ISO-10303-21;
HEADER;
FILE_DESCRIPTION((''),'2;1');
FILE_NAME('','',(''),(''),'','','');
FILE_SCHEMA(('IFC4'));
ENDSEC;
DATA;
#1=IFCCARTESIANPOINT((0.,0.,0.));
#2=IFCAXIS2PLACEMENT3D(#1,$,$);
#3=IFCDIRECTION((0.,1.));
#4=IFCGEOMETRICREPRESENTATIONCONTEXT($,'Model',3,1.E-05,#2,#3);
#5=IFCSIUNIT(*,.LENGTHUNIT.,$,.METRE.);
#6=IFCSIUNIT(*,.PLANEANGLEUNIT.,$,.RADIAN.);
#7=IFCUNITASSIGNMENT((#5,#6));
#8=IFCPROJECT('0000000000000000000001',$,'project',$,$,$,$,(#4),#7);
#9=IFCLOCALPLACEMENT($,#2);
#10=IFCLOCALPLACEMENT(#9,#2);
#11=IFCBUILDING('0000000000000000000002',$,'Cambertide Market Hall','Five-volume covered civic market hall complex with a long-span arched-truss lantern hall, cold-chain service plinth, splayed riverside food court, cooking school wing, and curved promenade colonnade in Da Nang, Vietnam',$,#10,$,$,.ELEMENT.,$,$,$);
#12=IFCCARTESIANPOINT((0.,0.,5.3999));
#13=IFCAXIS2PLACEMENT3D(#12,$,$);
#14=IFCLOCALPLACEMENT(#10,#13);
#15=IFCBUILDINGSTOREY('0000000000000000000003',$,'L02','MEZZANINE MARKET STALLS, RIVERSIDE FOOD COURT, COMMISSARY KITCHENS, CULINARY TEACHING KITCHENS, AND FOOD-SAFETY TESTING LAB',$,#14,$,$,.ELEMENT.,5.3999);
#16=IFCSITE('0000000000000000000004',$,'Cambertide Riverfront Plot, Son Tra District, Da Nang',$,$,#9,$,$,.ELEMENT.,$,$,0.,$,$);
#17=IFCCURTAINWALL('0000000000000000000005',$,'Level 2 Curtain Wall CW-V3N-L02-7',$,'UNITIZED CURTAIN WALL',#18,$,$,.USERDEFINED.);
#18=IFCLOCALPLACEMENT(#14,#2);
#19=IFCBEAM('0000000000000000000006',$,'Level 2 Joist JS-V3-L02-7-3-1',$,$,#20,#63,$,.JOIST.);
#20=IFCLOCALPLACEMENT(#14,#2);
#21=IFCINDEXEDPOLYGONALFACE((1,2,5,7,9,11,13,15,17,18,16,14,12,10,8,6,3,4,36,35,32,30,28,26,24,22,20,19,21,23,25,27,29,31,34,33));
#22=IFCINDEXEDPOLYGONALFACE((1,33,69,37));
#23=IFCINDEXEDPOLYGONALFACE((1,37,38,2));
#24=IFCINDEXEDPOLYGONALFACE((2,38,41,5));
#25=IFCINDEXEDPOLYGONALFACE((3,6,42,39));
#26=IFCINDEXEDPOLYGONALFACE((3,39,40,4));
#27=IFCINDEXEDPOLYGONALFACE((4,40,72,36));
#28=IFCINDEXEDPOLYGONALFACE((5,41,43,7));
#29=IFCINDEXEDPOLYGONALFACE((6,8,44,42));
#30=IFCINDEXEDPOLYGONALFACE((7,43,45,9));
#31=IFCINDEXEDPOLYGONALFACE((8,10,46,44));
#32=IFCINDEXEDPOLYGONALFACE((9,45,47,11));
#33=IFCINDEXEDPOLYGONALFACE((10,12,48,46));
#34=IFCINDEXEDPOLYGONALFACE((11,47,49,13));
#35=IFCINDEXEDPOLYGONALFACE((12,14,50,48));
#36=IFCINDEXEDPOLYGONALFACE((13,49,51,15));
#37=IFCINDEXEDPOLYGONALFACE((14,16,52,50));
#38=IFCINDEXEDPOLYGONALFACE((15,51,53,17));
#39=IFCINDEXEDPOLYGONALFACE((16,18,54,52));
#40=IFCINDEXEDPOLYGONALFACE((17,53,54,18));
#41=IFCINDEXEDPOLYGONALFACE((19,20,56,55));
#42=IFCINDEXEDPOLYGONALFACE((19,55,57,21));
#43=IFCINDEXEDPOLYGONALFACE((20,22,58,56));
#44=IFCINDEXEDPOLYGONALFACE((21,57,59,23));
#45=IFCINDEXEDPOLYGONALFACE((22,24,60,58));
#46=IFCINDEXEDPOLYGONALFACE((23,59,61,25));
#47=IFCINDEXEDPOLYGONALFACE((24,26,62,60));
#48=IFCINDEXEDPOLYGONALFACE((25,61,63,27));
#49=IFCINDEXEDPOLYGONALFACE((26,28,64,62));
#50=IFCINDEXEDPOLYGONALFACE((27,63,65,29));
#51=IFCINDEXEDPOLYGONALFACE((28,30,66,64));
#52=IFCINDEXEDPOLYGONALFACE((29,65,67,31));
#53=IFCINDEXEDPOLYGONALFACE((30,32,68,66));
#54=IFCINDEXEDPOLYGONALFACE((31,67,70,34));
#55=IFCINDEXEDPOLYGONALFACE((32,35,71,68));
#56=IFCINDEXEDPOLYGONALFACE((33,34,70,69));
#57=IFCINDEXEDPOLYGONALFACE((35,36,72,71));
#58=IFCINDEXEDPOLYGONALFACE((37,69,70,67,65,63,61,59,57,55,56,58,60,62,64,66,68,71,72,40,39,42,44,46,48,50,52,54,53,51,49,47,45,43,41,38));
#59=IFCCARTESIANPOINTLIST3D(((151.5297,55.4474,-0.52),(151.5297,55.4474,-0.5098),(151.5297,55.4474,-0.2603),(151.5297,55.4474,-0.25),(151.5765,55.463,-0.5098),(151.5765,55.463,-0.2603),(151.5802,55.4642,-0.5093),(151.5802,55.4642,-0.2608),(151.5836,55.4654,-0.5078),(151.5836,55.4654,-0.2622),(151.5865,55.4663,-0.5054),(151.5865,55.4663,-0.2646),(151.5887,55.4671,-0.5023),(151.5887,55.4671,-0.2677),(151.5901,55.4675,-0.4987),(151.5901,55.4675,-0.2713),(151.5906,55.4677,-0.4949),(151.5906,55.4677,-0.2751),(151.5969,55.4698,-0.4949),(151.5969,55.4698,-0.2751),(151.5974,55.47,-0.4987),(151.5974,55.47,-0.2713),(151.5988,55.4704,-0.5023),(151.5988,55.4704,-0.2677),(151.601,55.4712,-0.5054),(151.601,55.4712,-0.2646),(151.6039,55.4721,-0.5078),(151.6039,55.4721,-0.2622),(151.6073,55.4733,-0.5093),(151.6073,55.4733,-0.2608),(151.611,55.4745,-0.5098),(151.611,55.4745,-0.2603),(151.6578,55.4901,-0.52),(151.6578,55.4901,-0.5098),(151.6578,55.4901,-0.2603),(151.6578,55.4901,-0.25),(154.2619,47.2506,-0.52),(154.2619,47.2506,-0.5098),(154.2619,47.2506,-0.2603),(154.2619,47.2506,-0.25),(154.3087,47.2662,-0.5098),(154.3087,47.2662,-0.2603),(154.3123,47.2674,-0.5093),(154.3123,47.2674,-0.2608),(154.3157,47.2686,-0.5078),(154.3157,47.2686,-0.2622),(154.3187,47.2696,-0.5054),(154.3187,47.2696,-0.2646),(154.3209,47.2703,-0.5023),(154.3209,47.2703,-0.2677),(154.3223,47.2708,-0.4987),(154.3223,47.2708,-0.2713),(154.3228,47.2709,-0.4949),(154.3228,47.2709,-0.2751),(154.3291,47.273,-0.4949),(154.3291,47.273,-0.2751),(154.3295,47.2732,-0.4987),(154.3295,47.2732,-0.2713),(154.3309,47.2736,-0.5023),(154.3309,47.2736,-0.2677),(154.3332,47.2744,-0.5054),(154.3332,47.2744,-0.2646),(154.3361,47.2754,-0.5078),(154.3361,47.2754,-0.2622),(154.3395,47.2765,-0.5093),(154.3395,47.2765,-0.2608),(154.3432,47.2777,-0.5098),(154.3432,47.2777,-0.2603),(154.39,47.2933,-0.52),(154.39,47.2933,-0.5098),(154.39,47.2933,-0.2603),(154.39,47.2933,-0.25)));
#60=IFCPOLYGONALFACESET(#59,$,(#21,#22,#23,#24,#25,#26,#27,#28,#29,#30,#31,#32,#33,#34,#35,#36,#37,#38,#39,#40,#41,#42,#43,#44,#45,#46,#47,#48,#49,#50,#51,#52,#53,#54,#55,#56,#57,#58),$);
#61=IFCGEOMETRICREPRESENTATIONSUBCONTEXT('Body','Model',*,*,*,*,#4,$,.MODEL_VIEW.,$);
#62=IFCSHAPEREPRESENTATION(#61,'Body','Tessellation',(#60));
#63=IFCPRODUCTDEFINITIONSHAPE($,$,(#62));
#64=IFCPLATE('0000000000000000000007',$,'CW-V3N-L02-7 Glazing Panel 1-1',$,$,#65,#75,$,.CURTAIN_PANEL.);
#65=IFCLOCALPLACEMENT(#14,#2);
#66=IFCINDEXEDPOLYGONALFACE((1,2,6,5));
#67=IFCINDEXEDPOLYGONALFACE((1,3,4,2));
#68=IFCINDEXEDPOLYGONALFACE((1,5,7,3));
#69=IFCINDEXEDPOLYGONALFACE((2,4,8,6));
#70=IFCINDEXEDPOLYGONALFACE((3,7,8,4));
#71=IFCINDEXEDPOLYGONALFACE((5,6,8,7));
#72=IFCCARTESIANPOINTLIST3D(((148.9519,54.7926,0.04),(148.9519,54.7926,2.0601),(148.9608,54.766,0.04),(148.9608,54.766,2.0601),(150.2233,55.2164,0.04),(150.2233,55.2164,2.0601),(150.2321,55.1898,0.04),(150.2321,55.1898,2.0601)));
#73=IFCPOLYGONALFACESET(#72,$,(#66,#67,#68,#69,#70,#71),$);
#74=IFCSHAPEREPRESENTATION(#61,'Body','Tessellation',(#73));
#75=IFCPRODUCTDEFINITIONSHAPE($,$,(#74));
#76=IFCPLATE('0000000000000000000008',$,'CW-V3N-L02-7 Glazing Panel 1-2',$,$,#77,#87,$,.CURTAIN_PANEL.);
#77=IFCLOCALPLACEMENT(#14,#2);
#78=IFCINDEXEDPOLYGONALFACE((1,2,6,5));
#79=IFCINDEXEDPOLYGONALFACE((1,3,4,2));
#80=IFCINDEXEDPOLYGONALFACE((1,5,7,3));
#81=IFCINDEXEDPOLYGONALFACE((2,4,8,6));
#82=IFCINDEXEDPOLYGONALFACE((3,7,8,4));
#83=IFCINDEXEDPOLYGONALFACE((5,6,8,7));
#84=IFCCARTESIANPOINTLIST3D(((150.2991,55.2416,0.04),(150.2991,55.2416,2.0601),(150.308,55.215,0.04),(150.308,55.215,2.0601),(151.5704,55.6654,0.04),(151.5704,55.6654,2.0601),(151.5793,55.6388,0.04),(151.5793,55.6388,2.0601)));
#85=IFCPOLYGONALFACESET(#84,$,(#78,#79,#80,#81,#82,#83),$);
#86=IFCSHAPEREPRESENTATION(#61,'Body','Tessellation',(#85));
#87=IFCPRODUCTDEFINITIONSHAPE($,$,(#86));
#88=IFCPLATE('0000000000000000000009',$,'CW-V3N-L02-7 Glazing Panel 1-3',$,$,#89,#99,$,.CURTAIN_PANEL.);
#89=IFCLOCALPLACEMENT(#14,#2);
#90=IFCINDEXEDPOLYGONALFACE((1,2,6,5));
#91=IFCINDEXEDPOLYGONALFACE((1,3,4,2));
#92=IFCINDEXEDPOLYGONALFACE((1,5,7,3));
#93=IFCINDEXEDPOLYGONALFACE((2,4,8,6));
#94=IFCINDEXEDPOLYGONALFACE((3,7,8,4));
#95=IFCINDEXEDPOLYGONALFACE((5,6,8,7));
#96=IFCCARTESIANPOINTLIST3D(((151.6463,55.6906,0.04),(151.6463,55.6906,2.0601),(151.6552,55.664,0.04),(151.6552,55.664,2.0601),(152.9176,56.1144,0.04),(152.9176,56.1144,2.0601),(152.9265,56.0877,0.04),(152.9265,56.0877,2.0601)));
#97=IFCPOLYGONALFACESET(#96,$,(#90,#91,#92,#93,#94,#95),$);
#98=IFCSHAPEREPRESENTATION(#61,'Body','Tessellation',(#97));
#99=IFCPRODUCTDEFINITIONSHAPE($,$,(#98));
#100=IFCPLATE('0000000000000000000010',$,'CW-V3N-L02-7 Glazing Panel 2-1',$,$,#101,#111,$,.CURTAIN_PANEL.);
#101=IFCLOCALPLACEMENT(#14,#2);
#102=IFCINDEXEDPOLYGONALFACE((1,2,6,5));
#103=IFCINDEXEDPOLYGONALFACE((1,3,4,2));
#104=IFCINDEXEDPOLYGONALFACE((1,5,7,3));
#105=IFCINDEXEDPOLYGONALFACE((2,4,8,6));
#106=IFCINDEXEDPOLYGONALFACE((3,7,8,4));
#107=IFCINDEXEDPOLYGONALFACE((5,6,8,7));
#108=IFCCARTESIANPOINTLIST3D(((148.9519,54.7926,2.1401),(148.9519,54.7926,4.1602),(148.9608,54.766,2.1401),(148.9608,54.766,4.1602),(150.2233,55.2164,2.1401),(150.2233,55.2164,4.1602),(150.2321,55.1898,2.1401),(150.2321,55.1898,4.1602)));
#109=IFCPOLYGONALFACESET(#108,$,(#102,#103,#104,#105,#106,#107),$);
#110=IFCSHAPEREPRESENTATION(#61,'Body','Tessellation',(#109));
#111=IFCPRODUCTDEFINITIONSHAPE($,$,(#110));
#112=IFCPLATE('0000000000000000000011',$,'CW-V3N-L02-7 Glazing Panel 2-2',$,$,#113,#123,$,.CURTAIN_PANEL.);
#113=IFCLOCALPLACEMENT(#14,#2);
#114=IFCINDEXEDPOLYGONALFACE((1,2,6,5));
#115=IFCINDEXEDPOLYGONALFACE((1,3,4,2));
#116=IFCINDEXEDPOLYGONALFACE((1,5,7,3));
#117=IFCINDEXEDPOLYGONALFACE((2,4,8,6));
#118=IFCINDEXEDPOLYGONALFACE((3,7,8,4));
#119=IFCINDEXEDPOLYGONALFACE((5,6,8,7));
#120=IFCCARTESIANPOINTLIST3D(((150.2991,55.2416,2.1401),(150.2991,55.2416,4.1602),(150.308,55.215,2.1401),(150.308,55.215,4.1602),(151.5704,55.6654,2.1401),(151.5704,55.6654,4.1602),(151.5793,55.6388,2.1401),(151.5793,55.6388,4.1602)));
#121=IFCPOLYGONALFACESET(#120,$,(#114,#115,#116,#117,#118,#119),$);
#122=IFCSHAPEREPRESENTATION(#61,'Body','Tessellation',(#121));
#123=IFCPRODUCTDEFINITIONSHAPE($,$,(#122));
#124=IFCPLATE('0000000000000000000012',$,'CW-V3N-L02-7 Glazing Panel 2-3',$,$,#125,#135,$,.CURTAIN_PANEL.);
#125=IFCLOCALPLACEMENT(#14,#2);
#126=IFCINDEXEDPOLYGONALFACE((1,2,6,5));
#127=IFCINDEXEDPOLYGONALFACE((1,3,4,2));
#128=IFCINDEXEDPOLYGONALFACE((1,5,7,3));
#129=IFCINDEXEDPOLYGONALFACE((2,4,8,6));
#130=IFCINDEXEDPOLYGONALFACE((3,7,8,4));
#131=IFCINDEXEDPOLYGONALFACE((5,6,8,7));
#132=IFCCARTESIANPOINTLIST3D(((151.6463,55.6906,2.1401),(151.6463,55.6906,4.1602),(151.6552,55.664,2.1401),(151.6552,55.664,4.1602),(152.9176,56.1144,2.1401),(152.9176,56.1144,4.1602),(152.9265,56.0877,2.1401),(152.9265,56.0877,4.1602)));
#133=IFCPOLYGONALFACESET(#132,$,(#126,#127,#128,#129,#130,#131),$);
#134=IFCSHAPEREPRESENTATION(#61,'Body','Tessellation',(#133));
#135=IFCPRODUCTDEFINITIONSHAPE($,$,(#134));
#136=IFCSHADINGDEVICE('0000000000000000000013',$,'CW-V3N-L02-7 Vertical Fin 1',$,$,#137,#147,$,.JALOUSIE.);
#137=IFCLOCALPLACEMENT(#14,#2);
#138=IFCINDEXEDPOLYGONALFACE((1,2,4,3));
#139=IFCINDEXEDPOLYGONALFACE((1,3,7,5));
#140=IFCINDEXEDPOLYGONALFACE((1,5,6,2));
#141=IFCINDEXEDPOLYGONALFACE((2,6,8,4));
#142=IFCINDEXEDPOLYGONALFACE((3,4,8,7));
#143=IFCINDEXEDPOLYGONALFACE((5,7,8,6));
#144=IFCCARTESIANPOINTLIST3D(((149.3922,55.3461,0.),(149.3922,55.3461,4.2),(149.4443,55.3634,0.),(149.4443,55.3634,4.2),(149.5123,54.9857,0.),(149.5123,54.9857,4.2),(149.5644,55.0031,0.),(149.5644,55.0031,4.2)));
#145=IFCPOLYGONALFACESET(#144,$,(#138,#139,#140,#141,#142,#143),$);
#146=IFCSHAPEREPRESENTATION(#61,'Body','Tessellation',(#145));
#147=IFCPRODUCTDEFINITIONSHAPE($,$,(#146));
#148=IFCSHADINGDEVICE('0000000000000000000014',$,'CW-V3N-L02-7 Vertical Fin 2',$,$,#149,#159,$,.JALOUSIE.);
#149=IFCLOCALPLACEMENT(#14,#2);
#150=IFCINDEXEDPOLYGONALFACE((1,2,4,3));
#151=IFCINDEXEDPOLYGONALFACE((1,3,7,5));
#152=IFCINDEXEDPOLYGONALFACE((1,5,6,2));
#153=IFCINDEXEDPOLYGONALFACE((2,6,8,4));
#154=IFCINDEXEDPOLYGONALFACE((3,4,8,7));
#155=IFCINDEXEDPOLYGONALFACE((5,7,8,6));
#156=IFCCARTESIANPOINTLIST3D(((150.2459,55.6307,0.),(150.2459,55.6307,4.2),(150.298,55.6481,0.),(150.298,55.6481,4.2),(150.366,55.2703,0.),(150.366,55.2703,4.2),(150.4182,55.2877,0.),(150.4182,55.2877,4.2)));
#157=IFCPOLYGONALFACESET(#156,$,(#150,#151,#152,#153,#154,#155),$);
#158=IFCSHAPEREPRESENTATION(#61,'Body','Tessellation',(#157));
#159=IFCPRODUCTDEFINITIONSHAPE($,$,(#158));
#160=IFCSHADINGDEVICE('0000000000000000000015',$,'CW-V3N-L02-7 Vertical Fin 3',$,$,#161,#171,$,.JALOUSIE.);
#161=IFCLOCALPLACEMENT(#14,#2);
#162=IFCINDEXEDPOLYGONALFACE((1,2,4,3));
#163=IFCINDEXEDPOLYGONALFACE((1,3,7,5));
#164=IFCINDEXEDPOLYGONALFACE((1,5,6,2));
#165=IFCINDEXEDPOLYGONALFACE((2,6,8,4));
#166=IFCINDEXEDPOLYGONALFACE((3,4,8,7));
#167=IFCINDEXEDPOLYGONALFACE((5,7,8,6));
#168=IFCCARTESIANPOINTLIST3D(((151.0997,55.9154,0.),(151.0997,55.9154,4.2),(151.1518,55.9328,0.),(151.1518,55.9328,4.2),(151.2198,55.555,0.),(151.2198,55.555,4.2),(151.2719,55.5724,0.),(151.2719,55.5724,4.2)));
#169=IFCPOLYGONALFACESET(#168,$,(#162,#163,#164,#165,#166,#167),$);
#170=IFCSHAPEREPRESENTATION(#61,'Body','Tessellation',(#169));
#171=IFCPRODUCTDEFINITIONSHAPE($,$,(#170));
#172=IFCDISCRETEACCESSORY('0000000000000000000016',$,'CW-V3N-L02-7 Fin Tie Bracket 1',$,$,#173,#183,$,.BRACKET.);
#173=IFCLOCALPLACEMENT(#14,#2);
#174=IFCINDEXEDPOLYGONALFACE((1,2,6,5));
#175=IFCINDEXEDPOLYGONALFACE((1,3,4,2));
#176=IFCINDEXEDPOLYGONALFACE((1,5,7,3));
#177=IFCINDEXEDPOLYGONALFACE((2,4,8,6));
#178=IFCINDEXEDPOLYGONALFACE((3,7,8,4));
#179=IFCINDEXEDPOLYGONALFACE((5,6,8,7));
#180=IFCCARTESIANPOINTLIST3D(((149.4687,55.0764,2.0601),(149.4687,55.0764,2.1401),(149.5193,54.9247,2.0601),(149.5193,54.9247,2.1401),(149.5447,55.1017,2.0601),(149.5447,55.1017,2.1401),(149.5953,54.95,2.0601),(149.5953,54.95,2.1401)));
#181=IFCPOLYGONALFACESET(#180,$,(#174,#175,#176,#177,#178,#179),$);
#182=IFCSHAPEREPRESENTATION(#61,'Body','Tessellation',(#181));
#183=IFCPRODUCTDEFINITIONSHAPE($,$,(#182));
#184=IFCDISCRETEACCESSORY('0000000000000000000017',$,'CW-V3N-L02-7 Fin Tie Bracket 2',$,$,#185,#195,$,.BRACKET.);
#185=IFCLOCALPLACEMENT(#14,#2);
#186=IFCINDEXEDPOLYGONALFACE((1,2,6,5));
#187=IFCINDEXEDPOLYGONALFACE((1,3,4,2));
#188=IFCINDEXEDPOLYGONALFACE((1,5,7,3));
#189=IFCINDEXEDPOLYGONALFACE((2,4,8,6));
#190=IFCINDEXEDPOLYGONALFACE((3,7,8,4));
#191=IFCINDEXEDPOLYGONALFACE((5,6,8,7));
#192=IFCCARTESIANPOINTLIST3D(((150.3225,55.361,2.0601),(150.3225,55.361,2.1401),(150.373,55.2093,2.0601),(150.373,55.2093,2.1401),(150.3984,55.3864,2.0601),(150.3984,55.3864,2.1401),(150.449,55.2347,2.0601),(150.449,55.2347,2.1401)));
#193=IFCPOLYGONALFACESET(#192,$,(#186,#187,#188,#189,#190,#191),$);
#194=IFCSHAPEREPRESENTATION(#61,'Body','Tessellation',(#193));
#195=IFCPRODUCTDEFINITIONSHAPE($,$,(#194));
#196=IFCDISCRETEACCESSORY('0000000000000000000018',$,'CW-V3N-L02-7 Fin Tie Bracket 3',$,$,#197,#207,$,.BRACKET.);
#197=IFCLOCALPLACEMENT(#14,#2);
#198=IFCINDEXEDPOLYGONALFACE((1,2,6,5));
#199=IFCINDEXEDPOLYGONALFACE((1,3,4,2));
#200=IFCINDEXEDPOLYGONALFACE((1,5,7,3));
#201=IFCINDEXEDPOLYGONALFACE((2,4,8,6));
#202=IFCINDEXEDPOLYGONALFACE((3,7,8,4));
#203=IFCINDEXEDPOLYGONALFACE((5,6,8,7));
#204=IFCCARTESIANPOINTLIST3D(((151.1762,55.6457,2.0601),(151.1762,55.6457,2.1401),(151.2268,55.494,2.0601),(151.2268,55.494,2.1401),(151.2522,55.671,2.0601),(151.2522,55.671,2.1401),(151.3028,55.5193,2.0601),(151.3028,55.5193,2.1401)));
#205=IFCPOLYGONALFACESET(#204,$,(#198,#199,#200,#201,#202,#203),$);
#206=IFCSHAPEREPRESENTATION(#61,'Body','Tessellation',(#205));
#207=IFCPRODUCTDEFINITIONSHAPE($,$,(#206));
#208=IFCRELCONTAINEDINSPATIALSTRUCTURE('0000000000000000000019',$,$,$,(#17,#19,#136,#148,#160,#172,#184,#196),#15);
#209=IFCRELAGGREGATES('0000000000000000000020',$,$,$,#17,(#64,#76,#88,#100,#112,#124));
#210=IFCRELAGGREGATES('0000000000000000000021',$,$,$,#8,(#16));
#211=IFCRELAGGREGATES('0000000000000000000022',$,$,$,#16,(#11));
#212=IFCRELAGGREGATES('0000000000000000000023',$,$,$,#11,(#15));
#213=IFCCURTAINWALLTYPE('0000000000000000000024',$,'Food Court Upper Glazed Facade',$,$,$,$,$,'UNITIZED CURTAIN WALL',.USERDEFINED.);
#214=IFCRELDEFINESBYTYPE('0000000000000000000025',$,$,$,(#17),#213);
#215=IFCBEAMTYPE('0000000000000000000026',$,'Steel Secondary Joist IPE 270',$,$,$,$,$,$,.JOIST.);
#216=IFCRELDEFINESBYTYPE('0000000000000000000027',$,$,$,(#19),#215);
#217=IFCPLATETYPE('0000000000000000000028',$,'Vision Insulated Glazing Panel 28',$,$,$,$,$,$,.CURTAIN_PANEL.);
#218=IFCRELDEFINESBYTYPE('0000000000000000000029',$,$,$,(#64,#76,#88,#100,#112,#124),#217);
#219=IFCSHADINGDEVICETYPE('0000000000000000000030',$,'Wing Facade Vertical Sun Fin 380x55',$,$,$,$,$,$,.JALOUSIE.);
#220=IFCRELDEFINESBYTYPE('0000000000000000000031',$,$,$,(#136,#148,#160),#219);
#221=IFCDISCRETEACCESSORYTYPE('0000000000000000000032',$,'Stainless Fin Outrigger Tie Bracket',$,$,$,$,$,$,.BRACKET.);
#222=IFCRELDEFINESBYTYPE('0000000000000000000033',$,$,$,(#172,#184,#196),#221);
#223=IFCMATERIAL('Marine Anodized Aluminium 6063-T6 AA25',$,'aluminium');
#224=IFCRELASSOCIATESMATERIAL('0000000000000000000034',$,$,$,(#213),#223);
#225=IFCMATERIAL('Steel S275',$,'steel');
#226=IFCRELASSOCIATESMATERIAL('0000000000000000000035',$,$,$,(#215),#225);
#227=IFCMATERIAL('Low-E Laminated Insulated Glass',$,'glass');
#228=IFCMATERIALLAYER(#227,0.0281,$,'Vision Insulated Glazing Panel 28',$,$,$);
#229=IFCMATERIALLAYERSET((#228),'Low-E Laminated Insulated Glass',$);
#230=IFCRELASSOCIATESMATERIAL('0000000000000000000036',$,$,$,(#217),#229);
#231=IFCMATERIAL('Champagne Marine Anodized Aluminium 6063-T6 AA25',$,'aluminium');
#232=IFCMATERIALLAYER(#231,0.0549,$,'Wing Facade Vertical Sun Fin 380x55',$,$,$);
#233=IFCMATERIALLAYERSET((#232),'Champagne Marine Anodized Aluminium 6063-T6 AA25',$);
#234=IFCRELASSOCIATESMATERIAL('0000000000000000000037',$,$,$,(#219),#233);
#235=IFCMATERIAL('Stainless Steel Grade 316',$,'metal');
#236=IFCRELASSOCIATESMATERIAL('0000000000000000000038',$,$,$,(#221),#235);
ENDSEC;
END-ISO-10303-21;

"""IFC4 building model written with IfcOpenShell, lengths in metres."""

from ifc_helpers import new_model, si_unit, direction, frame, origin, origin_2d, place, context, subcontext, project, spatial, rectangle, i_section, extrude, material, layer, layer_set, material_profile, profile_set, type_object, element, aggregate, save


model = new_model("IFC4")

# Units and contexts
model_context = context("Model", 3, precision=1e-05, world=origin(), true_north=direction((0.0, 1.0)))
body_context = subcontext(model_context, "Body", "Model", "MODEL_VIEW")
ifc_project = project(units=[si_unit("LENGTHUNIT", "METRE"), si_unit("PLANEANGLEUNIT", "RADIAN")], contexts=[model_context])

# Site, building, storey
site_placement = place(None, origin())
site = spatial("IfcSite", under=ifc_project, at=site_placement, Name="Cambertide Riverfront Plot, Son Tra District, Da Nang", CompositionType="ELEMENT", RefElevation=0.0)
building_placement = place(site_placement, origin())
building = spatial("IfcBuilding", under=site, at=building_placement, Name="Cambertide Market Hall", Description="Five-volume covered civic market hall complex with a long-span arched-truss lantern hall, cold-chain service plinth, splayed riverside food court, cooking school wing, and curved promenade colonnade in Da Nang, Vietnam", CompositionType="ELEMENT")
storey_placement = place(building_placement, frame((0.0, 0.0, 5.3999)))
storey = spatial("IfcBuildingStorey", under=building, at=storey_placement, Name="L02", Description="MEZZANINE MARKET STALLS, RIVERSIDE FOOD COURT, COMMISSARY KITCHENS, CULINARY TEACHING KITCHENS, AND FOOD-SAFETY TESTING LAB", CompositionType="ELEMENT", Elevation=5.3999)

# Curtain wall
ifc_material_1 = material(Name="Marine Anodized Aluminium 6063-T6 AA25", Category="aluminium")
curtain_wall_type = type_object("IfcCurtainWallType", Name="Food Court Upper Glazed Facade", ElementType="UNITIZED CURTAIN WALL", PredefinedType="USERDEFINED", material=ifc_material_1)
curtain_wall_placement = place(storey_placement, origin())
curtain_wall = element("IfcCurtainWall", 1, at=curtain_wall_placement, inside=storey, type_object=curtain_wall_type, Name="Level 2 Curtain Wall CW-V3N-L02-7", ObjectType="UNITIZED CURTAIN WALL", PredefinedType="USERDEFINED")

# Beam
ifc_material_2 = material(Name="Steel S275", Category="steel")
ifc_material_profile_1 = material_profile(ifc_material_2, i_section(OverallWidth=0.135, OverallDepth=0.27, WebThickness=0.0066, FlangeThickness=0.0103, FilletRadius=0.0149, at=origin_2d()), Name="IPE 270")
ifc_profile_set_1 = profile_set([ifc_material_profile_1], Name="Steel S275")
beam_type_1 = type_object("IfcBeamType", Name="Steel Secondary Joist IPE 270", PredefinedType="JOIST", material=ifc_profile_set_1)
beam_1_placement = place(storey_placement, frame((154.3259, 47.272, -0.385), z_axis=(-0.316219, 0.948686, 0.0), x_axis=(-0.948686, -0.316219, 0.0)))
element("IfcBeam", 2, at=beam_1_placement, inside=storey, type_object=beam_type_1, Name="Level 2 Joist JS-V3-L02-7-3-1", PredefinedType="JOIST", context=body_context, shape_type="SweptSolid", body=[
    extrude(i_section(OverallWidth=0.135, OverallDepth=0.27, WebThickness=0.0066, FlangeThickness=0.0103, FilletRadius=0.0149, at=origin_2d()), origin(), (0.0, 0.0, 1.0), 8.6401),
])

# Plates
ifc_material_3 = material(Name="Low-E Laminated Insulated Glass", Category="glass")
ifc_layer_1 = layer(ifc_material_3, 0.0281, Name="Vision Insulated Glazing Panel 28")
ifc_layer_set_1 = layer_set([ifc_layer_1], Name="Low-E Laminated Insulated Glass")
plate_type = type_object("IfcPlateType", Name="Vision Insulated Glazing Panel 28", PredefinedType="CURTAIN_PANEL", material=ifc_layer_set_1)
plate_1_placement = place(storey_placement, frame((149.592, 54.9912, 0.04), z_axis=(0.0, 0.0, 1.0), x_axis=(0.948683, 0.316228, 0.0)))
plate_1 = element("IfcPlate", 3, at=plate_1_placement, type_object=plate_type, Name="CW-V3N-L02-7 Glazing Panel 1-1", PredefinedType="CURTAIN_PANEL", context=body_context, shape_type="SweptSolid", body=[
    extrude(rectangle(XDim=1.3401, YDim=0.0281, at=origin_2d()), origin(), (0.0, 0.0, 1.0), 2.02),
])
plate_2_placement = place(storey_placement, frame((150.9392, 55.4402, 0.04), z_axis=(0.0, 0.0, 1.0), x_axis=(0.948683, 0.316228, 0.0)))
plate_2 = element("IfcPlate", 4, at=plate_2_placement, type_object=plate_type, Name="CW-V3N-L02-7 Glazing Panel 1-2", PredefinedType="CURTAIN_PANEL", context=body_context, shape_type="SweptSolid", body=[
    extrude(rectangle(XDim=1.3401, YDim=0.0281, at=origin_2d()), origin(), (0.0, 0.0, 1.0), 2.02),
])
plate_3_placement = place(storey_placement, frame((152.2864, 55.8892, 0.04), z_axis=(0.0, 0.0, 1.0), x_axis=(0.948683, 0.316228, 0.0)))
plate_3 = element("IfcPlate", 5, at=plate_3_placement, type_object=plate_type, Name="CW-V3N-L02-7 Glazing Panel 1-3", PredefinedType="CURTAIN_PANEL", context=body_context, shape_type="SweptSolid", body=[
    extrude(rectangle(XDim=1.3401, YDim=0.0281, at=origin_2d()), origin(), (0.0, 0.0, 1.0), 2.02),
])
plate_4_placement = place(storey_placement, frame((149.592, 54.9912, 2.1401), z_axis=(0.0, 0.0, 1.0), x_axis=(0.948683, 0.316228, 0.0)))
plate_4 = element("IfcPlate", 6, at=plate_4_placement, type_object=plate_type, Name="CW-V3N-L02-7 Glazing Panel 2-1", PredefinedType="CURTAIN_PANEL", context=body_context, shape_type="SweptSolid", body=[
    extrude(rectangle(XDim=1.3401, YDim=0.0281, at=origin_2d()), origin(), (0.0, 0.0, 1.0), 2.02),
])
plate_5_placement = place(storey_placement, frame((150.9392, 55.4402, 2.1401), z_axis=(0.0, 0.0, 1.0), x_axis=(0.948683, 0.316228, 0.0)))
plate_5 = element("IfcPlate", 7, at=plate_5_placement, type_object=plate_type, Name="CW-V3N-L02-7 Glazing Panel 2-2", PredefinedType="CURTAIN_PANEL", context=body_context, shape_type="SweptSolid", body=[
    extrude(rectangle(XDim=1.3401, YDim=0.0281, at=origin_2d()), origin(), (0.0, 0.0, 1.0), 2.02),
])
plate_6_placement = place(storey_placement, frame((152.2864, 55.8892, 2.1401), z_axis=(0.0, 0.0, 1.0), x_axis=(0.948683, 0.316228, 0.0)))
plate_6 = element("IfcPlate", 8, at=plate_6_placement, type_object=plate_type, Name="CW-V3N-L02-7 Glazing Panel 2-3", PredefinedType="CURTAIN_PANEL", context=body_context, shape_type="SweptSolid", body=[
    extrude(rectangle(XDim=1.3401, YDim=0.0281, at=origin_2d()), origin(), (0.0, 0.0, 1.0), 2.02),
])
aggregate(curtain_wall, [plate_1, plate_2, plate_3, plate_4, plate_5, plate_6])

# Shading devices
ifc_material_4 = material(Name="Champagne Marine Anodized Aluminium 6063-T6 AA25", Category="aluminium")
ifc_layer_2 = layer(ifc_material_4, 0.0549, Name="Wing Facade Vertical Sun Fin 380x55")
ifc_layer_set_2 = layer_set([ifc_layer_2], Name="Champagne Marine Anodized Aluminium 6063-T6 AA25")
shading_device_type = type_object("IfcShadingDeviceType", Name="Wing Facade Vertical Sun Fin 380x55", PredefinedType="JALOUSIE", material=ifc_layer_set_2)
for number, where, z_axis, x_axis, name in (
    (9, (149.4783, 55.1746, 0.0), (0.0, 0.0, 1.0), (0.948683, 0.316228, 0.0), "CW-V3N-L02-7 Vertical Fin 1"),
    (10, (150.332, 55.4592, 0.0), (0.0, 0.0, 1.0), (0.948683, 0.316228, 0.0), "CW-V3N-L02-7 Vertical Fin 2"),
    (11, (151.1858, 55.7439, 0.0), (0.0, 0.0, 1.0), (0.948683, 0.316228, 0.0), "CW-V3N-L02-7 Vertical Fin 3"),
):
    element("IfcShadingDevice", number, at=place(storey_placement, frame(where, z_axis=z_axis, x_axis=x_axis)), inside=storey, type_object=shading_device_type, Name=name, PredefinedType="JALOUSIE", context=body_context, shape_type="SweptSolid", body=[
        extrude(rectangle(XDim=0.0549, YDim=0.3799, at=origin_2d()), origin(), (0.0, 0.0, 1.0), 4.2),
    ])

# Discrete accessories
ifc_material_5 = material(Name="Stainless Steel Grade 316", Category="metal")
discrete_accessory_type = type_object("IfcDiscreteAccessoryType", Name="Stainless Fin Outrigger Tie Bracket", PredefinedType="BRACKET", material=ifc_material_5)
for number, where, z_axis, x_axis, name in (
    (12, (149.532, 55.0132, 2.0601), (0.0, 0.0, 1.0), (0.948683, 0.316228, 0.0), "CW-V3N-L02-7 Fin Tie Bracket 1"),
    (13, (150.3857, 55.2979, 2.0601), (0.0, 0.0, 1.0), (0.948683, 0.316228, 0.0), "CW-V3N-L02-7 Fin Tie Bracket 2"),
    (14, (151.2395, 55.5825, 2.0601), (0.0, 0.0, 1.0), (0.948683, 0.316228, 0.0), "CW-V3N-L02-7 Fin Tie Bracket 3"),
):
    element("IfcDiscreteAccessory", number, at=place(storey_placement, frame(where, z_axis=z_axis, x_axis=x_axis)), inside=storey, type_object=discrete_accessory_type, Name=name, PredefinedType="BRACKET", context=body_context, shape_type="SweptSolid", body=[
        extrude(rectangle(XDim=0.0801, YDim=0.1599, at=origin_2d()), origin(), (0.0, 0.0, 1.0), 0.0801),
    ])

save(model, "model.ifc")
